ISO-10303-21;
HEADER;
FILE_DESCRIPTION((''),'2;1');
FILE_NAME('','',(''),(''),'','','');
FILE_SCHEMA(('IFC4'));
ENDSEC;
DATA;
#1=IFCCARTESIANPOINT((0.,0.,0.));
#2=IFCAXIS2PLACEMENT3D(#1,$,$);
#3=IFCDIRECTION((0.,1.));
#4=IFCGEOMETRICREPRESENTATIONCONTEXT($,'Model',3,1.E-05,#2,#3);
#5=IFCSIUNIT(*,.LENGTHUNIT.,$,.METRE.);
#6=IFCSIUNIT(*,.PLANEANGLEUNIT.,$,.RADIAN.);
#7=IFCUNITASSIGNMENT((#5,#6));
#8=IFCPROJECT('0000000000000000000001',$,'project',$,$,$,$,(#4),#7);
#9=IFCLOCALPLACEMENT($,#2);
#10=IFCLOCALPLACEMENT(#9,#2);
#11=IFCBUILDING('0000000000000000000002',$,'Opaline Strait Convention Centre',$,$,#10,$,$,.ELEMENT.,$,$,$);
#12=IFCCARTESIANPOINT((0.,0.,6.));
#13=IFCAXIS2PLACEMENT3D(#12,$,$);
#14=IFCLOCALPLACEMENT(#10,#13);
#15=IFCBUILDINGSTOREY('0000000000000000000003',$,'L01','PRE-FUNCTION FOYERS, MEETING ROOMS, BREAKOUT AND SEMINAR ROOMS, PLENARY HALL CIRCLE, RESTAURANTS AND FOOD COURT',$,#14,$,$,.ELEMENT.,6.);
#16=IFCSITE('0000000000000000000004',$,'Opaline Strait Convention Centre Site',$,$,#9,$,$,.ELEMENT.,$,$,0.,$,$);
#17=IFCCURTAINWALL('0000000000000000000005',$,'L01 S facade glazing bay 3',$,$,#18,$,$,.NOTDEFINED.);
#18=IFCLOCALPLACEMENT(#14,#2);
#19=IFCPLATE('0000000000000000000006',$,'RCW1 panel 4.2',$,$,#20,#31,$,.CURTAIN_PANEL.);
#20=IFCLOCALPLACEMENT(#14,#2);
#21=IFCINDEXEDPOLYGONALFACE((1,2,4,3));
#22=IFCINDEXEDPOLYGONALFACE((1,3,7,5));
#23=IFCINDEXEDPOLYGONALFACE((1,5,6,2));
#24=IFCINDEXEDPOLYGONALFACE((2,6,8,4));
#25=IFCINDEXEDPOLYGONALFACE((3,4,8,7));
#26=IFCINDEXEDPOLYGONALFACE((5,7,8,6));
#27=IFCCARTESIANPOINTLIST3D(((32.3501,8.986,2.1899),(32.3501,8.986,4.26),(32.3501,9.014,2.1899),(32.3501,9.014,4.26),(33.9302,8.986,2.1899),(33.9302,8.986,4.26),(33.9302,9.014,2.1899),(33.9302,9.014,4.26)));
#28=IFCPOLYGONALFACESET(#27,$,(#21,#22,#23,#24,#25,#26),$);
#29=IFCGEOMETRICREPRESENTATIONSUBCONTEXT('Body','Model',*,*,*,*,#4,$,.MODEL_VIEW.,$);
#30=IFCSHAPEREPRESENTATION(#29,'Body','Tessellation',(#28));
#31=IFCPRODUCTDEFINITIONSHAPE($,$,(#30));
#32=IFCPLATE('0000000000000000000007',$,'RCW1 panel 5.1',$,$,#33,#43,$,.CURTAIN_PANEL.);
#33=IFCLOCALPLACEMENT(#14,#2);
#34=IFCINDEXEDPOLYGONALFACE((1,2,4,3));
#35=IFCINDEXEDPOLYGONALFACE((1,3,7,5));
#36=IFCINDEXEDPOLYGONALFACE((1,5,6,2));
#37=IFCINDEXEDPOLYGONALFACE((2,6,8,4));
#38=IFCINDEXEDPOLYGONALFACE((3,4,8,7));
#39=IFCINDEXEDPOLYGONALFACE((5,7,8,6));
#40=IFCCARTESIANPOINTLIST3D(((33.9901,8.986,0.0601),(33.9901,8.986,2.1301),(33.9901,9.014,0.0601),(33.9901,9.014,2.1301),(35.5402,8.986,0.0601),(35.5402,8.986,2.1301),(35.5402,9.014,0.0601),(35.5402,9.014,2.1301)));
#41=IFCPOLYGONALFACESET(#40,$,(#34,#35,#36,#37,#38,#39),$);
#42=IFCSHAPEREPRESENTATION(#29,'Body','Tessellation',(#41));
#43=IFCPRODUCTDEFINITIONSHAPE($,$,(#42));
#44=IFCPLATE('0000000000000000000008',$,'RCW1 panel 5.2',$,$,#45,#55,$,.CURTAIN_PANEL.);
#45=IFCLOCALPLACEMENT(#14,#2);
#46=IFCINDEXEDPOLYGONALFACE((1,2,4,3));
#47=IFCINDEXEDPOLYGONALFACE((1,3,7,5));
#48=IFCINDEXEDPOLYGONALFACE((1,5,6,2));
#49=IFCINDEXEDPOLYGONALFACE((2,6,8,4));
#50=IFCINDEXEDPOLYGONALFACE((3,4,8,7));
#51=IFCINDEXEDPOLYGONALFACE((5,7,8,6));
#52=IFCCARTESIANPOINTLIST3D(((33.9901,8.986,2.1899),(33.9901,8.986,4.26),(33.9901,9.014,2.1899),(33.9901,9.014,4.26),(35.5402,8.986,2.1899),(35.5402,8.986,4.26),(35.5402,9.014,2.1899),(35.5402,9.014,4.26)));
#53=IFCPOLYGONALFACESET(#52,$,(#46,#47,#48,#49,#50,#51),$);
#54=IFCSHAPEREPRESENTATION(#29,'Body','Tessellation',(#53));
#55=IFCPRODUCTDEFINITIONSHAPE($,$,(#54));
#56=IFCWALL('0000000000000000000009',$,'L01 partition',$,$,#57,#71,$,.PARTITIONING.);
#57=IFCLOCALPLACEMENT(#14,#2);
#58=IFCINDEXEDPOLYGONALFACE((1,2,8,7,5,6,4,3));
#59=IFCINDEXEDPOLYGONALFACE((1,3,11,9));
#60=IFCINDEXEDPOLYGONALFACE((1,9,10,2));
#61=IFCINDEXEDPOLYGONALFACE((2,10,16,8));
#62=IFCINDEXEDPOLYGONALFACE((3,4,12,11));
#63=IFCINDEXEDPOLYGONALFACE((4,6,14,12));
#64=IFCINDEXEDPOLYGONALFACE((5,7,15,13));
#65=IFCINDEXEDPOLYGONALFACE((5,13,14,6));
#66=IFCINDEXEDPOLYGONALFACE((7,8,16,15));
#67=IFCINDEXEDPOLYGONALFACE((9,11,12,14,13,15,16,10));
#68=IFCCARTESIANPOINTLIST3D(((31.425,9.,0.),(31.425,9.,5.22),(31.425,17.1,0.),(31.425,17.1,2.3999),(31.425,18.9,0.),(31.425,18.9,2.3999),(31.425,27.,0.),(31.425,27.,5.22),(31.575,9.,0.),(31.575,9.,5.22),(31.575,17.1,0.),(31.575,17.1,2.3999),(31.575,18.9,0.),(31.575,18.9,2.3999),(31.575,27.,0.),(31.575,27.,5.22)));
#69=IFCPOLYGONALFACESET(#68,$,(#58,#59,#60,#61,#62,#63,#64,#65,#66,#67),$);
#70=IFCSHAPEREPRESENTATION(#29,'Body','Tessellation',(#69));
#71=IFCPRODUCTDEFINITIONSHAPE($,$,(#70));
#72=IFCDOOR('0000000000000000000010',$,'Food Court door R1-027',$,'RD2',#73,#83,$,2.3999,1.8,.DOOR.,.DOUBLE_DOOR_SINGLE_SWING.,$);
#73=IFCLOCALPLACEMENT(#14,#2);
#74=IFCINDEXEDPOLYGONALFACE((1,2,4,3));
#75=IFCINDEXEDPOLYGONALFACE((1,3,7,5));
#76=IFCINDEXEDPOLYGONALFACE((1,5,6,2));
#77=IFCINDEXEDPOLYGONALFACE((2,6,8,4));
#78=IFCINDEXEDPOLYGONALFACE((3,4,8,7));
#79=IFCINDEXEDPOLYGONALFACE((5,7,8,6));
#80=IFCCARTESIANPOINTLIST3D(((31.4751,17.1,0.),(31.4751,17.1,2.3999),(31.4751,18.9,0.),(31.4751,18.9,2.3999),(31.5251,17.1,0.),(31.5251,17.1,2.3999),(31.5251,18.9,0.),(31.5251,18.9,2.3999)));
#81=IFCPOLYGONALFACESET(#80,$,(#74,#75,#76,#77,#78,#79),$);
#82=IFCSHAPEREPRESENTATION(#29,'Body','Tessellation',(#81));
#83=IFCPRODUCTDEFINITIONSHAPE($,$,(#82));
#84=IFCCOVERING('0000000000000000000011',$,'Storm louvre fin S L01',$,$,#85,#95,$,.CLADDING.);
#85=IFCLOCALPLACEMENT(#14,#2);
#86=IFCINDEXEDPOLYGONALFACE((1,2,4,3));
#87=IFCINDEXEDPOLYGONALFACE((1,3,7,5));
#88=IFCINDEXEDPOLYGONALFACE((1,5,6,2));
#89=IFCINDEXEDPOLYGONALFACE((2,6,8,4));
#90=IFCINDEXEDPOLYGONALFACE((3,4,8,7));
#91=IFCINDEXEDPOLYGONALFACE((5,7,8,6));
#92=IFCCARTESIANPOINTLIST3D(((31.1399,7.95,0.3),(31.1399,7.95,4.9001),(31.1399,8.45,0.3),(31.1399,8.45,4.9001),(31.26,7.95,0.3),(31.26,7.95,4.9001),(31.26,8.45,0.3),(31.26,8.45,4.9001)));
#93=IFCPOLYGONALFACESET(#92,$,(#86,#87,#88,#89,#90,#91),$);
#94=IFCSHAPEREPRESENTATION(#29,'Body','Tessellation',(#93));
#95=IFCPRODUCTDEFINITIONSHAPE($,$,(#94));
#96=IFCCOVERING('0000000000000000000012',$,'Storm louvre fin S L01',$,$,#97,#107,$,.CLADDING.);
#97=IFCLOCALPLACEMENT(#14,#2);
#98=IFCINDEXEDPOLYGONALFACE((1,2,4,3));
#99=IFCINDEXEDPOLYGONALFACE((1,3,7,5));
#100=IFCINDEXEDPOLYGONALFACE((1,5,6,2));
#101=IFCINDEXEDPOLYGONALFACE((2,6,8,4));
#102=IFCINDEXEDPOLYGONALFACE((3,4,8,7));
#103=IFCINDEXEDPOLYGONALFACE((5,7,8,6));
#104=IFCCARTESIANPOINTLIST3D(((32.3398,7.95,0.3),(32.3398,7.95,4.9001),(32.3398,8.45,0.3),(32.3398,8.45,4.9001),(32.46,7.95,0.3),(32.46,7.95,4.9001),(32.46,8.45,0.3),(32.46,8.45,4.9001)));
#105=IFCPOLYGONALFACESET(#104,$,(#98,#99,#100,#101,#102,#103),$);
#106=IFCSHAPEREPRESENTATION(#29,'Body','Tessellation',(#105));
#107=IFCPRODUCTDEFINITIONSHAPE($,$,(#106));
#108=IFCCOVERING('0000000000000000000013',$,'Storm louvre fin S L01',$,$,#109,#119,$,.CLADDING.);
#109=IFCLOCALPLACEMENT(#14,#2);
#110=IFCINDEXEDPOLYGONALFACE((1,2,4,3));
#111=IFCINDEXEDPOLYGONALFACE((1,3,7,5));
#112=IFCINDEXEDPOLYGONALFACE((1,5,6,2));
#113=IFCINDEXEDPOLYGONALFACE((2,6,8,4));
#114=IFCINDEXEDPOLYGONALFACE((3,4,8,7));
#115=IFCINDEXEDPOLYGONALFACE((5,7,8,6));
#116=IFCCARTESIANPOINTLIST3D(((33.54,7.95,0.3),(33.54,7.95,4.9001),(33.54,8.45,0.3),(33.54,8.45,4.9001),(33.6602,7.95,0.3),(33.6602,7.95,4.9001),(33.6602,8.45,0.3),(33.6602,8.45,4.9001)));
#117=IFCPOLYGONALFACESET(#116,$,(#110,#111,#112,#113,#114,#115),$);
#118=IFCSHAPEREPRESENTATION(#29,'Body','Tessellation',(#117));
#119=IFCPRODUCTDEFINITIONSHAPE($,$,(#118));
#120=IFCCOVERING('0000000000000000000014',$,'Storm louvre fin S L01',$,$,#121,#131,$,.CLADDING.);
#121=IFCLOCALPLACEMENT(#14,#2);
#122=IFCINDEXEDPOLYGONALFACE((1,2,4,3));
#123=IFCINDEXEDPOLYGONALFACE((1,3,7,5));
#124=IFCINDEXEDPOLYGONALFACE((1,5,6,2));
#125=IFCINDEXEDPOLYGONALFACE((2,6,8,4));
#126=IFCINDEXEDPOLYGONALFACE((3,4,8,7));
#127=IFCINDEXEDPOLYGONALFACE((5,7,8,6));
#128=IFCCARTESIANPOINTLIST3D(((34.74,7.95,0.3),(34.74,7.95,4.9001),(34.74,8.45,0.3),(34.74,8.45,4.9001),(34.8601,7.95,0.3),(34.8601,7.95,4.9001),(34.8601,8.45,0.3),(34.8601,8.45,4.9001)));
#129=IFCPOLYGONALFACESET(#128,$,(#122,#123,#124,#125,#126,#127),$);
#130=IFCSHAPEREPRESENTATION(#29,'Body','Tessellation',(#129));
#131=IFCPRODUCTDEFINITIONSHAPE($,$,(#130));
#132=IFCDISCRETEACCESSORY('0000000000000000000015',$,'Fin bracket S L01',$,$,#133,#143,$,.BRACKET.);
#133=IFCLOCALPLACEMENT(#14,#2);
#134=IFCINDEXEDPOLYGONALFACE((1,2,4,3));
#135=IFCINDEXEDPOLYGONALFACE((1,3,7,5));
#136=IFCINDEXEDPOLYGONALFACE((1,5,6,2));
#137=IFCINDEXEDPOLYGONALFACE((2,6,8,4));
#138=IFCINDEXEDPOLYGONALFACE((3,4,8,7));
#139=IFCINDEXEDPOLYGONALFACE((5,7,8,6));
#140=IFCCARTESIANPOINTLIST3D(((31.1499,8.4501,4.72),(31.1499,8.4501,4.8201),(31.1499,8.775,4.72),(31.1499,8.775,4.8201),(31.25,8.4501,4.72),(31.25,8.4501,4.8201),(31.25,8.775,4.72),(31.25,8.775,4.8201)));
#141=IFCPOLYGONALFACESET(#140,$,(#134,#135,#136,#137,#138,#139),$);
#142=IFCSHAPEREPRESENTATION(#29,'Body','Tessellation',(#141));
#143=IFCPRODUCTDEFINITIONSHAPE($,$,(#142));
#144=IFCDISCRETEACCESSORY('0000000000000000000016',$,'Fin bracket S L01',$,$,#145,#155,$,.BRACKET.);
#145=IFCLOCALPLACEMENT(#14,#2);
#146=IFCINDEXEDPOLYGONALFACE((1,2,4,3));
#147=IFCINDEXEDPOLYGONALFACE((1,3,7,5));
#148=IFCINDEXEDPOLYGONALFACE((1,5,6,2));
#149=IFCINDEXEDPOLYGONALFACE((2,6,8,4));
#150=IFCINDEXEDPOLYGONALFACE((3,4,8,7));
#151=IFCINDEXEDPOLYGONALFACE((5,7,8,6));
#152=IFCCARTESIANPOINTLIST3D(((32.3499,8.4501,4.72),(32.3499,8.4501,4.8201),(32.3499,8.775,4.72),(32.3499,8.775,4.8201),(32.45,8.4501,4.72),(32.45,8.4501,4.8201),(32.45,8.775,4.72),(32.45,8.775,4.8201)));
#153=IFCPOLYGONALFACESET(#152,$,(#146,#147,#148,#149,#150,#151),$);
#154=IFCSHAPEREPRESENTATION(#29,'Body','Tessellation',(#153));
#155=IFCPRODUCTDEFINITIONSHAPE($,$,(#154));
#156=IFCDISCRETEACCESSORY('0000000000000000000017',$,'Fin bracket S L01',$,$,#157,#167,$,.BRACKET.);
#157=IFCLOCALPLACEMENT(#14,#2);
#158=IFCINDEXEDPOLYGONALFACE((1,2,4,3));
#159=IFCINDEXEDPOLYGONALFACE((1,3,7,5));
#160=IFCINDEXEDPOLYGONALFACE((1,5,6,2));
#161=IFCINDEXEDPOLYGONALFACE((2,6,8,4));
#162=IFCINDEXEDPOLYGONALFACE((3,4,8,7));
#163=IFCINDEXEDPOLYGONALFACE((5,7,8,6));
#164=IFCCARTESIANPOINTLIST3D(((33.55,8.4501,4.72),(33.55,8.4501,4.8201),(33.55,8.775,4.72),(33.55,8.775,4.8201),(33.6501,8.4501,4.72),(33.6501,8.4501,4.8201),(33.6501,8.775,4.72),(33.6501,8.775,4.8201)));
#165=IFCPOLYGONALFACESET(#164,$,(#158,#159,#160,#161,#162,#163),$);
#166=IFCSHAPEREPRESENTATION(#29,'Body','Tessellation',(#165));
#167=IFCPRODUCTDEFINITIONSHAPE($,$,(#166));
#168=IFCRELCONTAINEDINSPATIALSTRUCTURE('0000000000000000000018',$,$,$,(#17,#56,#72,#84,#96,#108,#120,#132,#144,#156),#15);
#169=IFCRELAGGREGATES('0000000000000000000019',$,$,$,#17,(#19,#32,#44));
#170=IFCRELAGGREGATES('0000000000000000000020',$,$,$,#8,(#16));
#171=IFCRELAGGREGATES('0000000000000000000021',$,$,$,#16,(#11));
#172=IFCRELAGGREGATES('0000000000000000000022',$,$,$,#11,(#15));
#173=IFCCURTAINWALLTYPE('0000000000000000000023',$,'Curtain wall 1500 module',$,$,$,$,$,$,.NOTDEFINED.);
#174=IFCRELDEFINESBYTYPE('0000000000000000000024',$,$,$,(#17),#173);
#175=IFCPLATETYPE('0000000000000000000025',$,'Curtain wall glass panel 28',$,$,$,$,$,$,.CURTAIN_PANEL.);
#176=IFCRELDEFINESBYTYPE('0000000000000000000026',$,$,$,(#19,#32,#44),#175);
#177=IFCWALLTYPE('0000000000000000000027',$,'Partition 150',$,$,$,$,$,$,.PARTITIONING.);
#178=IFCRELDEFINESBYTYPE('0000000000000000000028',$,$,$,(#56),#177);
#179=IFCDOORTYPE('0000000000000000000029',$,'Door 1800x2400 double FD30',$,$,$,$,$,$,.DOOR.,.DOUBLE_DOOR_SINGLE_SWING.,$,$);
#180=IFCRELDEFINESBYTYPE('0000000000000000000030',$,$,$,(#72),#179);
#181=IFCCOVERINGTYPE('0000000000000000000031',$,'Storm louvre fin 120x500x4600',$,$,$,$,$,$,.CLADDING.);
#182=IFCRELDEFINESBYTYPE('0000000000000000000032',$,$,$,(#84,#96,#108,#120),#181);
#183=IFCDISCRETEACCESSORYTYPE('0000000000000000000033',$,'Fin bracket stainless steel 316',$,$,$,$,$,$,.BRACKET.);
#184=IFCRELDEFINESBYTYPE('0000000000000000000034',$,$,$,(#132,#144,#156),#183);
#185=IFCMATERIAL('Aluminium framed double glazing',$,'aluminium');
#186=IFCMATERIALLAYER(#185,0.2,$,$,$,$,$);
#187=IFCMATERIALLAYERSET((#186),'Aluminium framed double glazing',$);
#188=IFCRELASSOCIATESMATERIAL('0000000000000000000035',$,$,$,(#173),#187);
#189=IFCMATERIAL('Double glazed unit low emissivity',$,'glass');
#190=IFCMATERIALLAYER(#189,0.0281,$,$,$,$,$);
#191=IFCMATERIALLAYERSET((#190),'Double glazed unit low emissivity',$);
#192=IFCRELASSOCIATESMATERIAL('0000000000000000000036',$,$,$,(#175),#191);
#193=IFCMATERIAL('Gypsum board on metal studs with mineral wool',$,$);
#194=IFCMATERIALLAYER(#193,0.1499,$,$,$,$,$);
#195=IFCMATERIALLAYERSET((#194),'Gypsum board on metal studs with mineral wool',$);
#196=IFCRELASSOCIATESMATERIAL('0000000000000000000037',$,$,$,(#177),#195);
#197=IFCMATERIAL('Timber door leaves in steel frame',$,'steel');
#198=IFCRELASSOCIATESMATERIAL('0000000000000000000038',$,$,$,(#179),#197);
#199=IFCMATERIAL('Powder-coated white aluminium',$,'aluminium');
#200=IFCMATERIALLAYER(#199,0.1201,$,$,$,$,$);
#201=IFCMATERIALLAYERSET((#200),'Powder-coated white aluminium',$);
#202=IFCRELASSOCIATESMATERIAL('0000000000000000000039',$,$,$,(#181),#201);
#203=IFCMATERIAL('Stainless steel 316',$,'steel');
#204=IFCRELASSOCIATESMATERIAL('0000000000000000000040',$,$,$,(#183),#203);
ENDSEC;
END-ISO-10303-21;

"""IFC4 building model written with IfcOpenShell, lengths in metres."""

from ifc_helpers import new_model, si_unit, direction, frame, frame_2d, origin, origin_2d, place, context, subcontext, project, spatial, rectangle, extrude, material, layer, layer_set, type_object, element, fill, aggregate, save


model = new_model("IFC4")

# Units and contexts
model_context = context("Model", 3, precision=1e-05, world=origin(), true_north=direction((0.0, 1.0)))
body_context = subcontext(model_context, "Body", "Model", "MODEL_VIEW")
ifc_project = project(units=[si_unit("LENGTHUNIT", "METRE"), si_unit("PLANEANGLEUNIT", "RADIAN")], contexts=[model_context])

# Site, building, storey
site_placement = place(None, origin())
site = spatial("IfcSite", under=ifc_project, at=site_placement, Name="Opaline Strait Convention Centre Site", CompositionType="ELEMENT", RefElevation=0.0)
building_placement = place(site_placement, origin())
building = spatial("IfcBuilding", under=site, at=building_placement, Name="Opaline Strait Convention Centre", CompositionType="ELEMENT")
storey_placement = place(building_placement, frame((0.0, 0.0, 6.0)))
storey = spatial("IfcBuildingStorey", under=building, at=storey_placement, Name="L01", Description="PRE-FUNCTION FOYERS, MEETING ROOMS, BREAKOUT AND SEMINAR ROOMS, PLENARY HALL CIRCLE, RESTAURANTS AND FOOD COURT", CompositionType="ELEMENT", Elevation=6.0)

# Curtain wall, plates
ifc_material_1 = material(Name="Aluminium framed double glazing", Category="aluminium")
ifc_layer_1 = layer(ifc_material_1, 0.2)
ifc_layer_set_1 = layer_set([ifc_layer_1], Name="Aluminium framed double glazing")
curtain_wall_type = type_object("IfcCurtainWallType", Name="Curtain wall 1500 module", PredefinedType="NOTDEFINED", material=ifc_layer_set_1)
curtain_wall_placement = place(storey_placement, origin())
curtain_wall = element("IfcCurtainWall", 1, at=curtain_wall_placement, inside=storey, type_object=curtain_wall_type, Name="L01 S facade glazing bay 3", PredefinedType="NOTDEFINED")
ifc_material_2 = material(Name="Double glazed unit low emissivity", Category="glass")
ifc_layer_2 = layer(ifc_material_2, 0.0281)
ifc_layer_set_2 = layer_set([ifc_layer_2], Name="Double glazed unit low emissivity")
plate_type = type_object("IfcPlateType", Name="Curtain wall glass panel 28", PredefinedType="CURTAIN_PANEL", material=ifc_layer_set_2)
plate_1_placement = place(storey_placement, frame((33.1401, 9.0, 2.1899), z_axis=(0.0, 0.0, 1.0), x_axis=(1.0, 0.0, 0.0)))
plate_1 = element("IfcPlate", 2, at=plate_1_placement, type_object=plate_type, Name="RCW1 panel 4.2", PredefinedType="CURTAIN_PANEL", context=body_context, shape_type="SweptSolid", body=[
    extrude(rectangle(XDim=1.5801, YDim=0.0281, at=origin_2d()), origin(), (0.0, 0.0, 1.0), 2.0701),
])
plate_2_placement = place(storey_placement, frame((34.7651, 9.0, 0.0601), z_axis=(0.0, 0.0, 1.0), x_axis=(1.0, 0.0, 0.0)))
plate_2 = element("IfcPlate", 3, at=plate_2_placement, type_object=plate_type, Name="RCW1 panel 5.1", PredefinedType="CURTAIN_PANEL", context=body_context, shape_type="SweptSolid", body=[
    extrude(rectangle(XDim=1.55, YDim=0.0281, at=origin_2d()), origin(), (0.0, 0.0, 1.0), 2.0701),
])
plate_3_placement = place(storey_placement, frame((34.7651, 9.0, 2.1899), z_axis=(0.0, 0.0, 1.0), x_axis=(1.0, 0.0, 0.0)))
plate_3 = element("IfcPlate", 4, at=plate_3_placement, type_object=plate_type, Name="RCW1 panel 5.2", PredefinedType="CURTAIN_PANEL", context=body_context, shape_type="SweptSolid", body=[
    extrude(rectangle(XDim=1.55, YDim=0.0281, at=origin_2d()), origin(), (0.0, 0.0, 1.0), 2.0701),
])
aggregate(curtain_wall, [plate_1, plate_2, plate_3])

# Wall, opening, door
ifc_material_3 = material(Name="Gypsum board on metal studs with mineral wool")
ifc_layer_3 = layer(ifc_material_3, 0.1499)
ifc_layer_set_3 = layer_set([ifc_layer_3], Name="Gypsum board on metal studs with mineral wool")
wall_type = type_object("IfcWallType", Name="Partition 150", PredefinedType="PARTITIONING", material=ifc_layer_set_3)
wall_placement = place(storey_placement, frame((31.5, 9.0, 0.0), z_axis=(0.0, 0.0, 1.0), x_axis=(0.0, 1.0, 0.0)))
wall = element("IfcWall", 5, at=wall_placement, inside=storey, type_object=wall_type, Name="L01 partition", PredefinedType="PARTITIONING", context=body_context, shape_type="SweptSolid", body=[
    extrude(rectangle(XDim=18.0, YDim=0.1499, at=frame_2d((9.0, 0.0))), origin(), (0.0, 0.0, 1.0), 5.22),
])
opening_placement = place(wall_placement, frame((8.1001, 0.0, 0.0)))
opening = element("IfcOpeningElement", 6, at=opening_placement, cuts=wall, PredefinedType="OPENING", context=body_context, shape_type="SweptSolid", body=[
    extrude(rectangle(XDim=1.8, YDim=2.3999, at=frame_2d((0.8999, 1.2))), frame((0.0, 0.085, 0.0), z_axis=(0.0, -1.0, 0.0), x_axis=(1.0, 0.0, 0.0)), (0.0, 0.0, 1.0), 0.1699),
])
ifc_material_4 = material(Name="Timber door leaves in steel frame", Category="steel")
door_type = type_object("IfcDoorType", Name="Door 1800x2400 double FD30", OperationType="DOUBLE_DOOR_SINGLE_SWING", PredefinedType="DOOR", material=ifc_material_4)
door_placement = place(opening_placement, origin())
door = element("IfcDoor", 7, at=door_placement, inside=storey, type_object=door_type, Name="Food Court door R1-027", ObjectType="RD2", OperationType="DOUBLE_DOOR_SINGLE_SWING", OverallHeight=2.3999, OverallWidth=1.8, PredefinedType="DOOR", context=body_context, shape_type="SweptSolid", body=[
    extrude(rectangle(XDim=1.8, YDim=2.3999, at=frame_2d((0.8999, 1.2))), frame((0.0, 0.0249, 0.0), z_axis=(0.0, -1.0, 0.0), x_axis=(1.0, 0.0, 0.0)), (0.0, 0.0, 1.0), 0.05),
])
fill(opening, door)

# Coverings
ifc_material_5 = material(Name="Powder-coated white aluminium", Category="aluminium")
ifc_layer_4 = layer(ifc_material_5, 0.1201)
ifc_layer_set_4 = layer_set([ifc_layer_4], Name="Powder-coated white aluminium")
covering_type = type_object("IfcCoveringType", Name="Storm louvre fin 120x500x4600", PredefinedType="CLADDING", material=ifc_layer_set_4)
for number, where, z_axis, x_axis, name in (
    (8, (31.2, 8.2, 0.3), (0.0, 0.0, 1.0), (1.0, 0.0, 0.0), "Storm louvre fin S L01"),
    (9, (32.3999, 8.2, 0.3), (0.0, 0.0, 1.0), (1.0, 0.0, 0.0), "Storm louvre fin S L01"),
    (10, (33.6001, 8.2, 0.3), (0.0, 0.0, 1.0), (1.0, 0.0, 0.0), "Storm louvre fin S L01"),
    (11, (34.8, 8.2, 0.3), (0.0, 0.0, 1.0), (1.0, 0.0, 0.0), "Storm louvre fin S L01"),
):
    element("IfcCovering", number, at=place(storey_placement, frame(where, z_axis=z_axis, x_axis=x_axis)), inside=storey, type_object=covering_type, Name=name, PredefinedType="CLADDING", context=body_context, shape_type="SweptSolid", body=[
        extrude(rectangle(XDim=0.1201, YDim=0.5, at=origin_2d()), origin(), (0.0, 0.0, 1.0), 4.6001),
    ])

# Discrete accessories
ifc_material_6 = material(Name="Stainless steel 316", Category="steel")
discrete_accessory_type = type_object("IfcDiscreteAccessoryType", Name="Fin bracket stainless steel 316", PredefinedType="BRACKET", material=ifc_material_6)
for number, where, z_axis, x_axis, name in (
    (12, (31.2, 8.6125, 4.72), (0.0, 0.0, 1.0), (1.0, 0.0, 0.0), "Fin bracket S L01"),
    (13, (32.3999, 8.6125, 4.72), (0.0, 0.0, 1.0), (1.0, 0.0, 0.0), "Fin bracket S L01"),
    (14, (33.6001, 8.6125, 4.72), (0.0, 0.0, 1.0), (1.0, 0.0, 0.0), "Fin bracket S L01"),
):
    element("IfcDiscreteAccessory", number, at=place(storey_placement, frame(where, z_axis=z_axis, x_axis=x_axis)), inside=storey, type_object=discrete_accessory_type, Name=name, PredefinedType="BRACKET", context=body_context, shape_type="SweptSolid", body=[
        extrude(rectangle(XDim=0.1001, YDim=0.325, at=origin_2d()), origin(), (0.0, 0.0, 1.0), 0.1001),
    ])

save(model, "model.ifc")
